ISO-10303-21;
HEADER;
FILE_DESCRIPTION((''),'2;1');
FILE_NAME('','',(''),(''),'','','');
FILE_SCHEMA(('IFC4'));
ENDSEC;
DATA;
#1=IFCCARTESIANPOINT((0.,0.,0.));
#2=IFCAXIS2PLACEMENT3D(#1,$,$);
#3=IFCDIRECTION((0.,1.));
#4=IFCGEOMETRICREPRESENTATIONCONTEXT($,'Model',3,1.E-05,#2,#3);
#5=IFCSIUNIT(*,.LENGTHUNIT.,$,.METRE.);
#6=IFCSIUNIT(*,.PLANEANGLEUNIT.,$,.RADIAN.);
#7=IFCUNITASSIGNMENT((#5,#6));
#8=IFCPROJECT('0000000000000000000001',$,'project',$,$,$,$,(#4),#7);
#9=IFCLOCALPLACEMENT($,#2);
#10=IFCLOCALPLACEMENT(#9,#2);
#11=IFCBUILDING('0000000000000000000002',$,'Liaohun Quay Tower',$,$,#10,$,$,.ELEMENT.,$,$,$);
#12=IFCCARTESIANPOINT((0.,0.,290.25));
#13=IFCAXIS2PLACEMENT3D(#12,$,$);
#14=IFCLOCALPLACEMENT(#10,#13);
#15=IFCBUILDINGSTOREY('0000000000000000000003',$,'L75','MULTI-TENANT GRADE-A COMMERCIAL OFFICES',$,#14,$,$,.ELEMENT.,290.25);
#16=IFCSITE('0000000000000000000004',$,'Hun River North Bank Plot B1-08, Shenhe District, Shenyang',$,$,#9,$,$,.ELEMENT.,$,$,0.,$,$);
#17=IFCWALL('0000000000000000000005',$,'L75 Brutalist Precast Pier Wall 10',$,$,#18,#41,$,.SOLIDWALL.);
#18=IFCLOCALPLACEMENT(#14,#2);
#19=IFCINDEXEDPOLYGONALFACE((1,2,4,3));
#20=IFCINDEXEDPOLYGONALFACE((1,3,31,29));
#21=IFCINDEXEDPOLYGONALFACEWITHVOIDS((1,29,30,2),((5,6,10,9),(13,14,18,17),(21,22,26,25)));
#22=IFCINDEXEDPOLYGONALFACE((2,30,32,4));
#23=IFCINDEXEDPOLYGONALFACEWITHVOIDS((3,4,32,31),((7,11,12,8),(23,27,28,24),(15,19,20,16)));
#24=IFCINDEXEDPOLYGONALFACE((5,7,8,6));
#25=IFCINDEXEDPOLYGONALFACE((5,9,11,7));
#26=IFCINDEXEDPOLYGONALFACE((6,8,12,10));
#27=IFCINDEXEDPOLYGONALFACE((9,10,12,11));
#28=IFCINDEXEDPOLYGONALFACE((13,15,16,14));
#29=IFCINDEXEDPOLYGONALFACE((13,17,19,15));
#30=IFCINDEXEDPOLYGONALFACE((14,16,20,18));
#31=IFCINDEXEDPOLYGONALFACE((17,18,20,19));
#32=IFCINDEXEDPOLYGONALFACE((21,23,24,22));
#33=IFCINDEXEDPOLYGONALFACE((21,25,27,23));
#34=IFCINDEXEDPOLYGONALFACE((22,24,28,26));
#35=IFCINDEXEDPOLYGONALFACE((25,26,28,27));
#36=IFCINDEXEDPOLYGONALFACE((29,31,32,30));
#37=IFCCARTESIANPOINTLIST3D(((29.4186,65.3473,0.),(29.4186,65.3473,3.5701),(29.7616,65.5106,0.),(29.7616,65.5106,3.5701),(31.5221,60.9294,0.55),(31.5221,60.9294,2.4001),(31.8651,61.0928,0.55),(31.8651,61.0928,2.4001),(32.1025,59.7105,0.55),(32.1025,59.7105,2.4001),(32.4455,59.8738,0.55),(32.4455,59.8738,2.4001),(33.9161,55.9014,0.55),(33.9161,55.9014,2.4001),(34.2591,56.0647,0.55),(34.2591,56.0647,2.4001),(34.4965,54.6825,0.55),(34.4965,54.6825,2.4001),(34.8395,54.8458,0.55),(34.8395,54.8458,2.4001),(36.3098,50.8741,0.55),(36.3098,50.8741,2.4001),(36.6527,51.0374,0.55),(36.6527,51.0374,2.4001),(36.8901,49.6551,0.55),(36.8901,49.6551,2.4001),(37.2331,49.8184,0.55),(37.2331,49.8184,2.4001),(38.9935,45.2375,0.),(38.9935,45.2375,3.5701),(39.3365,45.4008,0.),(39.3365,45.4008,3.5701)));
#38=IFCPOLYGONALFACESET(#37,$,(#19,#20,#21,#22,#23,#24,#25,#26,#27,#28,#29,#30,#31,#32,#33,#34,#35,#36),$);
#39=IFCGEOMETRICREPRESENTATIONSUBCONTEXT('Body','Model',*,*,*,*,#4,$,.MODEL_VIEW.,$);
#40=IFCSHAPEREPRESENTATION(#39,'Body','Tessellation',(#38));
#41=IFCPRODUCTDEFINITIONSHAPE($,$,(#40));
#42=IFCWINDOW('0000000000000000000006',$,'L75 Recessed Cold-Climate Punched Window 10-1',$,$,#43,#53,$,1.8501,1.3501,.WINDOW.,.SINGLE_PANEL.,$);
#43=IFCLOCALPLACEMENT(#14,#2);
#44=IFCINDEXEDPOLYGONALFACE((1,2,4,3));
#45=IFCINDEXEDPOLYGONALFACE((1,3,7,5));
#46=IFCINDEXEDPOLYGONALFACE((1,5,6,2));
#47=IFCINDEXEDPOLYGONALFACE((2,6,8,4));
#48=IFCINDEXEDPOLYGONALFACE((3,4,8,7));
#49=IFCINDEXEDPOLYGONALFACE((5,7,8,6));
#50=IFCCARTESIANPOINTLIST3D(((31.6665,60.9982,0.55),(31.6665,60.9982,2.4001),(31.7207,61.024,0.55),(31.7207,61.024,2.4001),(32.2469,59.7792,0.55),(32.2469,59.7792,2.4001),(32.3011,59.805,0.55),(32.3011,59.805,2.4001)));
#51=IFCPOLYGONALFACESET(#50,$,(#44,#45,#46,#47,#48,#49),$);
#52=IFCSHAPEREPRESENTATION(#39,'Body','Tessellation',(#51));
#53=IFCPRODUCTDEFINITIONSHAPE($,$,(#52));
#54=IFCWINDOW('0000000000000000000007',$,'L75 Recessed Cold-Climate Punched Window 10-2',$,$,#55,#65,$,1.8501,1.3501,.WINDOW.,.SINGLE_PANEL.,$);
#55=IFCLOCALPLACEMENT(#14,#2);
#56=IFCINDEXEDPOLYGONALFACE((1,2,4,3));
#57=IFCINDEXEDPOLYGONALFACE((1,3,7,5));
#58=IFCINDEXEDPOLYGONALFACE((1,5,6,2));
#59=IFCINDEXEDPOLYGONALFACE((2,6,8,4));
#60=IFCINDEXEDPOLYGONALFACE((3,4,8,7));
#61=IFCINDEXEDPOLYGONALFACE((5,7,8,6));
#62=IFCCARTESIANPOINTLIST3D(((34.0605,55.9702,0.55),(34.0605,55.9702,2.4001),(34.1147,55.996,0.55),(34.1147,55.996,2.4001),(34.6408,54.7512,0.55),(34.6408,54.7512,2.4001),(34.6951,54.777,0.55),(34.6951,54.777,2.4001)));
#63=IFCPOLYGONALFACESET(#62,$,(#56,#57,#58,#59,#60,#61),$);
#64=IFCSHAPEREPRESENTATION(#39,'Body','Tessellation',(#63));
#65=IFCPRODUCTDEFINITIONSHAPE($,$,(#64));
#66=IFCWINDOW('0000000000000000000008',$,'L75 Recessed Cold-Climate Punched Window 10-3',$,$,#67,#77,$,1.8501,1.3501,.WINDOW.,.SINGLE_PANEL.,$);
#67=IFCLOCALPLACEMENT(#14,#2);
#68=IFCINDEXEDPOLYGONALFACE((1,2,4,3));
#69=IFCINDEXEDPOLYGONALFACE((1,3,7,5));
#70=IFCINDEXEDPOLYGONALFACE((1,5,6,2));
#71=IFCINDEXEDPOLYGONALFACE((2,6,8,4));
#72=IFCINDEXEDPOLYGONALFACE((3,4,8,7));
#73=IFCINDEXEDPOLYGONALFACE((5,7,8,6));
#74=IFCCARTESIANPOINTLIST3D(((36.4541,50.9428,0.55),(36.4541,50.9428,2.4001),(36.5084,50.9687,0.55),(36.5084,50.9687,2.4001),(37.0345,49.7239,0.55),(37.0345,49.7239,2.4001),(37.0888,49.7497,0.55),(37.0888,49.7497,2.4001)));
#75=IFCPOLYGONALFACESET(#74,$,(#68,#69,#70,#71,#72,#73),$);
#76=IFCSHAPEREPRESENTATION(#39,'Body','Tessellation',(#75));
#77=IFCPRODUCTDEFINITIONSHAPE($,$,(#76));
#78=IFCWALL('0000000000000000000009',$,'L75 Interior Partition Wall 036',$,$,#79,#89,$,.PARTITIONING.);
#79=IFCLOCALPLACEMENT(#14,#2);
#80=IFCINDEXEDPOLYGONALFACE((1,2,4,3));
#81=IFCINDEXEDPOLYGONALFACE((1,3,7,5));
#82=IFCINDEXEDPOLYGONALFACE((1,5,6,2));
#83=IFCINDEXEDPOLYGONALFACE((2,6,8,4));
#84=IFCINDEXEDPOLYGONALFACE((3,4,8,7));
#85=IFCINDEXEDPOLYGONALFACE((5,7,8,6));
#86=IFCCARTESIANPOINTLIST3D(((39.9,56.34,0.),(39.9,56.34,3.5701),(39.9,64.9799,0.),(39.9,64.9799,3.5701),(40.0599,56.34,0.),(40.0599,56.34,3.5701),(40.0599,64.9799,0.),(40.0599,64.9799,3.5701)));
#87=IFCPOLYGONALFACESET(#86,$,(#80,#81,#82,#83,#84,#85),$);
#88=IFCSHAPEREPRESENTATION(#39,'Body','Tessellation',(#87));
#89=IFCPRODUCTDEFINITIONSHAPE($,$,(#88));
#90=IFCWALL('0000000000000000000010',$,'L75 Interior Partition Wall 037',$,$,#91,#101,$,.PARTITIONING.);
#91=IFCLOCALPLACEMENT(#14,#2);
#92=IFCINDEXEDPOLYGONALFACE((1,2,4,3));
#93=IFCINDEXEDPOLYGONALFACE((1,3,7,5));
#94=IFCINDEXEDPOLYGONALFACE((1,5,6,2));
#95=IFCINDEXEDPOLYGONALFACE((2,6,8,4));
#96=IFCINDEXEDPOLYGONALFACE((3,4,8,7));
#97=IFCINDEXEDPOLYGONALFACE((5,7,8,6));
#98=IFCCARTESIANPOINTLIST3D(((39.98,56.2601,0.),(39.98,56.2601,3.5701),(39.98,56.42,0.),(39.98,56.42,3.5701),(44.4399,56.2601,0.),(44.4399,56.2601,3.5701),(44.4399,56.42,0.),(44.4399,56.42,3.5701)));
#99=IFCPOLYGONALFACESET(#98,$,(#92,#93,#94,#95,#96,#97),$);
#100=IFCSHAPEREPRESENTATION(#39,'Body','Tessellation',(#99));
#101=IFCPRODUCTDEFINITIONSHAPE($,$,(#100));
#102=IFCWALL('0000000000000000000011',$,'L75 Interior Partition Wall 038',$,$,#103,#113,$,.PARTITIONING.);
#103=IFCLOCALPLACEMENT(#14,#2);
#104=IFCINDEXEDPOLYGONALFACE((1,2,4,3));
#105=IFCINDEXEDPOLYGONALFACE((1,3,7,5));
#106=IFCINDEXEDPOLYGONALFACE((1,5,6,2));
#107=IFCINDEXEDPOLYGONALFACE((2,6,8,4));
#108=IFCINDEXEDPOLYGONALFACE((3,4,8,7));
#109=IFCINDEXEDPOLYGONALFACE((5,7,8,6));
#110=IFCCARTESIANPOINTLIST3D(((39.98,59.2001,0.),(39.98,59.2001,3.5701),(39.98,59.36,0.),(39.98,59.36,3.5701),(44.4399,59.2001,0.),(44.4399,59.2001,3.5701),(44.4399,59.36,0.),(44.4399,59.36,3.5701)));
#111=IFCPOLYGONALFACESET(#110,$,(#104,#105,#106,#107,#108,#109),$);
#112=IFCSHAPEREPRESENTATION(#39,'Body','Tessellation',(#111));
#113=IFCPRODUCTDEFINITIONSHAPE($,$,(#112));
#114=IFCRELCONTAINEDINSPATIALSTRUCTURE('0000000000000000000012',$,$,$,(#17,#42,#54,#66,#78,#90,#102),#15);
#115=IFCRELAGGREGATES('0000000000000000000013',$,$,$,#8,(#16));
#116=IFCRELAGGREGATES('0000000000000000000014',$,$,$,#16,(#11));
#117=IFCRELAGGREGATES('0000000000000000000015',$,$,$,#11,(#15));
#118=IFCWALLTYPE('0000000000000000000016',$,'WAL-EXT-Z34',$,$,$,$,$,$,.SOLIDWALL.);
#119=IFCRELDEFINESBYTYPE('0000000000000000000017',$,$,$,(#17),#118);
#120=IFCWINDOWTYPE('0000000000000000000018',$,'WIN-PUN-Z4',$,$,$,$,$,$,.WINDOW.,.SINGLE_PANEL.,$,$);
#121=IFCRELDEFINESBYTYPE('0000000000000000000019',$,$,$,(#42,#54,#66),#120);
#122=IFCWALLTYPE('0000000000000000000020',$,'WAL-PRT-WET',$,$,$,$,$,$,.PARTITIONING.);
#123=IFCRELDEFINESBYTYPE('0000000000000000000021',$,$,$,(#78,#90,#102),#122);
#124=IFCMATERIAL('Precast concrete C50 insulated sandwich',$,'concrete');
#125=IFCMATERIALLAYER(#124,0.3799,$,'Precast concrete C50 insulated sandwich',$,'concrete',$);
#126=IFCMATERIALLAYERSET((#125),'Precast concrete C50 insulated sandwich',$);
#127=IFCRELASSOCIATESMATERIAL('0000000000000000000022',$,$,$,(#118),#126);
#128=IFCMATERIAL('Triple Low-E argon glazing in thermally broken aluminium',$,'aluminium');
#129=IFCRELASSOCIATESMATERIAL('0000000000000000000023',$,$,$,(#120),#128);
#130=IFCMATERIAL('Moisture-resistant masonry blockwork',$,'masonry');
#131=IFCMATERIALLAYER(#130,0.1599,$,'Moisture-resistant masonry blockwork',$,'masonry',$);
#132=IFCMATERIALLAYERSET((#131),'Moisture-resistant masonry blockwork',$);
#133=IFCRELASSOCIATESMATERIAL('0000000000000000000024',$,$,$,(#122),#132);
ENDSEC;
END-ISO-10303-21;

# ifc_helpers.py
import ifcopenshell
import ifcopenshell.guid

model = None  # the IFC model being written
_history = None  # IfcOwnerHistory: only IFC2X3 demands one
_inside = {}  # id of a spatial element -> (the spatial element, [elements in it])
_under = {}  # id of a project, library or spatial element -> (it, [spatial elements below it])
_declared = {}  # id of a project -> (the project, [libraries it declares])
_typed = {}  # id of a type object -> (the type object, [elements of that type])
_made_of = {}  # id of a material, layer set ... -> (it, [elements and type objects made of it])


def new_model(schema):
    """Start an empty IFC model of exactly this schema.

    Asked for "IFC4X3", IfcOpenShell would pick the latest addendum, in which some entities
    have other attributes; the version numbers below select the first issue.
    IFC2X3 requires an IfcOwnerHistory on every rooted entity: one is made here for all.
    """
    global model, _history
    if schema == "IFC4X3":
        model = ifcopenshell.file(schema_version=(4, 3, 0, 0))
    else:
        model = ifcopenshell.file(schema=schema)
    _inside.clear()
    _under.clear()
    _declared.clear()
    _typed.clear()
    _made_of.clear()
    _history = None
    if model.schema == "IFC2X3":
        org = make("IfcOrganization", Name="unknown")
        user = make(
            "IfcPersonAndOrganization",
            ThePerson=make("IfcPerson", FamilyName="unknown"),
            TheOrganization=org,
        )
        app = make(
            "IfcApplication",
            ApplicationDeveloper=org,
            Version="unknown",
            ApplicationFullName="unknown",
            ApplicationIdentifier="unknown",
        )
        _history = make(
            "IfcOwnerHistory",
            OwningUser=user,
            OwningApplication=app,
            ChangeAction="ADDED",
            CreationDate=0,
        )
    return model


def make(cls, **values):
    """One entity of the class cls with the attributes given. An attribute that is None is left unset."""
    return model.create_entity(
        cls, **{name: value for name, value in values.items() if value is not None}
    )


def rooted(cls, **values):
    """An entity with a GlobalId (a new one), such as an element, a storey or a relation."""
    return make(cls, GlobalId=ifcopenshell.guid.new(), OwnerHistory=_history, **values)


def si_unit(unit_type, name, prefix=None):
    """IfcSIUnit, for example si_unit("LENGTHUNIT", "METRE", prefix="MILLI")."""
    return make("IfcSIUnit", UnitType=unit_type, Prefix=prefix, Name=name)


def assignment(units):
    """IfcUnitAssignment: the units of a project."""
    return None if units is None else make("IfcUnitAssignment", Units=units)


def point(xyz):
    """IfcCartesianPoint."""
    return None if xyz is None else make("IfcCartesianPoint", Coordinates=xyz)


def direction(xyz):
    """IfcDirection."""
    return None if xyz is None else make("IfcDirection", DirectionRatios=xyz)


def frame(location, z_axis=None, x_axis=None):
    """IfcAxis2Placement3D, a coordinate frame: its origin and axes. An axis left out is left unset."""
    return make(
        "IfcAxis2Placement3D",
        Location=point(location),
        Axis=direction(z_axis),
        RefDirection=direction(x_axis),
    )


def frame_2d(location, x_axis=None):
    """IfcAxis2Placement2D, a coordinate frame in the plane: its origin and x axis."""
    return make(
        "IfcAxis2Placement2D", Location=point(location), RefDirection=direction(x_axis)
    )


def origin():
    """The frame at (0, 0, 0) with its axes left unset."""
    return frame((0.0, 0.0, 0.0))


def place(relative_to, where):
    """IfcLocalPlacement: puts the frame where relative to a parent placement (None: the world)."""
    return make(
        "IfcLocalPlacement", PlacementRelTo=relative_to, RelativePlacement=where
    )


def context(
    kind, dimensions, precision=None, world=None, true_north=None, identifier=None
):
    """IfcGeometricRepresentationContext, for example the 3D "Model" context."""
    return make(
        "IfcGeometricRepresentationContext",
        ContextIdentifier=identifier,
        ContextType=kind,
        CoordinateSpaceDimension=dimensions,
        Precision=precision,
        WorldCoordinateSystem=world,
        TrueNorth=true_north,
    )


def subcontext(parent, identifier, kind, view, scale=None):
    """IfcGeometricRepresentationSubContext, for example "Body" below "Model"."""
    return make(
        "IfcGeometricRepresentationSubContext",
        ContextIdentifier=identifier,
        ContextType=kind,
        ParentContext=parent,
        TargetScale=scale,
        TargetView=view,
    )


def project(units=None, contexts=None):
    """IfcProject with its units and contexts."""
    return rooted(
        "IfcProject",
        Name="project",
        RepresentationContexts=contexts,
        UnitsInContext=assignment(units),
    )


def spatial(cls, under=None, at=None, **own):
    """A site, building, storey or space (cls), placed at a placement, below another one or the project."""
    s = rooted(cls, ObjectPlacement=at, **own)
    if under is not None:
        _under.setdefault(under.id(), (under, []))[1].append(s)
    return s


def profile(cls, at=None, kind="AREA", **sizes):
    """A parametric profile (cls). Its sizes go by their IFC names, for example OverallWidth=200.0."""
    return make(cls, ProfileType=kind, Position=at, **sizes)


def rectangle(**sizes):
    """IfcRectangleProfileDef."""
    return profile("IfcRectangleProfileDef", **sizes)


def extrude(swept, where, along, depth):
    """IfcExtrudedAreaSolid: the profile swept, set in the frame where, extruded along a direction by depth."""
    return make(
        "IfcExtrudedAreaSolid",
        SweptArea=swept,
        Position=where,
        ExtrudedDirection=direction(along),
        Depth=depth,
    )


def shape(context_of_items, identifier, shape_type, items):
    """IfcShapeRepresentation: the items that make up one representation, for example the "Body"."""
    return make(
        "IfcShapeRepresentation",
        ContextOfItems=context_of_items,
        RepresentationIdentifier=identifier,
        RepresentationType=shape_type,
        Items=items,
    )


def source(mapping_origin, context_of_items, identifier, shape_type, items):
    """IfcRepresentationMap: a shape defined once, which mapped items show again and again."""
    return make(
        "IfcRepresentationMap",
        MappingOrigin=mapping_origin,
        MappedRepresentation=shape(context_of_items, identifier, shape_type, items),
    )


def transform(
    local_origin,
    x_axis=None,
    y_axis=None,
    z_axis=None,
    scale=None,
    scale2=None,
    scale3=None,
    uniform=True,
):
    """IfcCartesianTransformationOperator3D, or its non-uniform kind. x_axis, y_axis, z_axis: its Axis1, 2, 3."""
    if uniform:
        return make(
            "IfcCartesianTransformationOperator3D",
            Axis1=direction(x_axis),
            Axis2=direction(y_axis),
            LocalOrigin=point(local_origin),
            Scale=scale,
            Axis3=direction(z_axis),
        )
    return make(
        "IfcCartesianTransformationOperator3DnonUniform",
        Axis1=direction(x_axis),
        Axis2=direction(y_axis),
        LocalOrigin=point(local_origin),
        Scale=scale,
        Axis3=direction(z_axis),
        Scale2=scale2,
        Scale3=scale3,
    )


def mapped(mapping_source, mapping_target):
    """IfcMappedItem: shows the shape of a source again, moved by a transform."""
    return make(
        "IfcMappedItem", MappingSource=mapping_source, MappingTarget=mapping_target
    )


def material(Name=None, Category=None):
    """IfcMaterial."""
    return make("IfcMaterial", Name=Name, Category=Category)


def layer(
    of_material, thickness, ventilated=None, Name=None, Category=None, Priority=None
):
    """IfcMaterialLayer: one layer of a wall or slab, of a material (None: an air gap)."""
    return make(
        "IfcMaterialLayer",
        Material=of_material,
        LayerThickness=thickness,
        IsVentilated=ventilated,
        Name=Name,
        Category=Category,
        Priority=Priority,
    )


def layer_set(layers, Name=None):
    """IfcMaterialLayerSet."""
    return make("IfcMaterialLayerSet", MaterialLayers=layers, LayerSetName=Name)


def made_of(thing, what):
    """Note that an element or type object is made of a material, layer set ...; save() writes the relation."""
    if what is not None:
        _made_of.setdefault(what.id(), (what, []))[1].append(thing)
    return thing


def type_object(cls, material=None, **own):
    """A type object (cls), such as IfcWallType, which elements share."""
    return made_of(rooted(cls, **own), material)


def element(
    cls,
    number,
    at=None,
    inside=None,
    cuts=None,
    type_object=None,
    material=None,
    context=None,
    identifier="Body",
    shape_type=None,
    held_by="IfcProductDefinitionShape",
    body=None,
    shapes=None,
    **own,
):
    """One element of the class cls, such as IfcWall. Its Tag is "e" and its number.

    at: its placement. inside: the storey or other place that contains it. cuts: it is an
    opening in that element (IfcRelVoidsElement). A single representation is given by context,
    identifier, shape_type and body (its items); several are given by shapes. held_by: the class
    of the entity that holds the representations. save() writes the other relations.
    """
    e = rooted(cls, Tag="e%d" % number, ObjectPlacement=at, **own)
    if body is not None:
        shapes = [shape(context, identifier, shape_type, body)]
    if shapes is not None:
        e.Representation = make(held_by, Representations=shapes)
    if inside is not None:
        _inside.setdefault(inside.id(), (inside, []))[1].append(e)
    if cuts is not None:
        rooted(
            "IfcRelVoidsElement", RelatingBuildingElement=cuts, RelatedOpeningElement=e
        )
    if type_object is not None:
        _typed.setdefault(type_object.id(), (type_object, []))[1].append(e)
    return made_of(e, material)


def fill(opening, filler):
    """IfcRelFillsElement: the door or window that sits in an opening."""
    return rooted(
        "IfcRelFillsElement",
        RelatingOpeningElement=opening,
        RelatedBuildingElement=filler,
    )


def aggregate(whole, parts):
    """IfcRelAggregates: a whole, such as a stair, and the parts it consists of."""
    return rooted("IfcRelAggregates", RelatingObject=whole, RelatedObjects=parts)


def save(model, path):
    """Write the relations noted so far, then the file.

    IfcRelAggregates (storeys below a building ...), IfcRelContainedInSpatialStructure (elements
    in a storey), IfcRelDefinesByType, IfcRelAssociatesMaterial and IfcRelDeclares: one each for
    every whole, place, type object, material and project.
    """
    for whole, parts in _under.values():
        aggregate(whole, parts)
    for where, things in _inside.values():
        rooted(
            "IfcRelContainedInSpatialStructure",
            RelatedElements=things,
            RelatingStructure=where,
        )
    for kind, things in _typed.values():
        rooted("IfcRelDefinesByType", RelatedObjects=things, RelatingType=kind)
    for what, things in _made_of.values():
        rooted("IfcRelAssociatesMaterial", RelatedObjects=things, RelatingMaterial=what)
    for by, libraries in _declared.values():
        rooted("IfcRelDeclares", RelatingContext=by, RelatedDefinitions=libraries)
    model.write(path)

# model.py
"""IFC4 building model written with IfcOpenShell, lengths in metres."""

from ifc_helpers import new_model, si_unit, direction, frame, frame_2d, origin, place, context, subcontext, project, spatial, rectangle, extrude, source, transform, mapped, material, layer, layer_set, type_object, element, fill, save


model = new_model("IFC4")

# Units and contexts
model_context = context("Model", 3, precision=1e-05, world=origin(), true_north=direction((0.0, 1.0)))
body_context = subcontext(model_context, "Body", "Model", "MODEL_VIEW")
ifc_project = project(units=[si_unit("LENGTHUNIT", "METRE"), si_unit("PLANEANGLEUNIT", "RADIAN")], contexts=[model_context])

# Site, building, storey
site_placement = place(None, origin())
site = spatial("IfcSite", under=ifc_project, at=site_placement, Name="Hun River North Bank Plot B1-08, Shenhe District, Shenyang", CompositionType="ELEMENT", RefElevation=0.0)
building_placement = place(site_placement, origin())
building = spatial("IfcBuilding", under=site, at=building_placement, Name="Liaohun Quay Tower", CompositionType="ELEMENT")
storey_placement = place(building_placement, frame((0.0, 0.0, 290.25)))
storey = spatial("IfcBuildingStorey", under=building, at=storey_placement, Name="L75", Description="MULTI-TENANT GRADE-A COMMERCIAL OFFICES", CompositionType="ELEMENT", Elevation=290.25)

# Shared definitions
ifc_material_1 = material(Name="Precast concrete C50 insulated sandwich", Category="concrete")
ifc_layer_1 = layer(ifc_material_1, 0.3799, Name="Precast concrete C50 insulated sandwich", Category="concrete")
ifc_layer_set_1 = layer_set([ifc_layer_1], Name="Precast concrete C50 insulated sandwich")
wall_type_1 = type_object("IfcWallType", Name="WAL-EXT-Z34", PredefinedType="SOLIDWALL", material=ifc_layer_set_1)

# Wall, openings, windows
wall_1_placement = place(storey_placement, frame((29.5901, 65.429, 0.0), z_axis=(0.0, 0.0, 1.0), x_axis=(0.429891, -0.902881, 0.0)))
wall_1 = element("IfcWall", 1, at=wall_1_placement, inside=storey, type_object=wall_type_1, Name="L75 Brutalist Precast Pier Wall 10", PredefinedType="SOLIDWALL", context=body_context, shape_type="SweptSolid", body=[
    extrude(rectangle(XDim=22.2729, YDim=0.3799, at=frame_2d((11.1365, 0.0))), origin(), (0.0, 0.0, 1.0), 3.5701),
])
shared_shape_1 = source(origin(), body_context, "Body", "SweptSolid", [
    extrude(rectangle(XDim=1.3501, YDim=1.8501, at=frame_2d((0.675, 0.925))), frame((0.0, 0.2, 0.0), z_axis=(0.0, -1.0, 0.0), x_axis=(1.0, 0.0, 0.0)), (0.0, 0.0, 1.0), 0.3999),
])
opening_1_placement = place(wall_1_placement, frame((4.8931, 0.0, 0.55)))
opening_1 = element("IfcOpeningElement", 2, at=opening_1_placement, cuts=wall_1, PredefinedType="OPENING", context=body_context, shape_type="MappedRepresentation", body=[
    mapped(shared_shape_1, transform((0.0, 0.0, 0.0), x_axis=(1.0, 0.0, 0.0), y_axis=(0.0, 1.0, 0.0), z_axis=(0.0, 0.0, 1.0), scale=1.0)),
])
opening_2_placement = place(wall_1_placement, frame((10.4619, 0.0, 0.55)))
opening_2 = element("IfcOpeningElement", 3, at=opening_2_placement, cuts=wall_1, PredefinedType="OPENING", context=body_context, shape_type="MappedRepresentation", body=[
    mapped(shared_shape_1, transform((0.0, 0.0, 0.0), x_axis=(1.0, 0.0, 0.0), y_axis=(0.0, 1.0, 0.0), z_axis=(0.0, 0.0, 1.0), scale=1.0)),
])
opening_3_placement = place(wall_1_placement, frame((16.03, 0.0, 0.55)))
opening_3 = element("IfcOpeningElement", 4, at=opening_3_placement, cuts=wall_1, PredefinedType="OPENING", context=body_context, shape_type="MappedRepresentation", body=[
    mapped(shared_shape_1, transform((0.0, 0.0, 0.0), x_axis=(1.0, 0.0, 0.0), y_axis=(0.0, 1.0, 0.0), z_axis=(0.0, 0.0, 1.0), scale=1.0)),
])
ifc_material_2 = material(Name="Triple Low-E argon glazing in thermally broken aluminium", Category="aluminium")
window_type_1 = type_object("IfcWindowType", Name="WIN-PUN-Z4", PartitioningType="SINGLE_PANEL", PredefinedType="WINDOW", material=ifc_material_2)
shared_shape_2 = source(origin(), body_context, "Body", "SweptSolid", [
    extrude(rectangle(XDim=1.3501, YDim=1.8501, at=frame_2d((0.675, 0.925))), frame((0.0, 0.03, 0.0), z_axis=(0.0, -1.0, 0.0), x_axis=(1.0, 0.0, 0.0)), (0.0, 0.0, 1.0), 0.0601),
])
window_1_placement = place(opening_1_placement, origin())
window_1 = element("IfcWindow", 5, at=window_1_placement, inside=storey, type_object=window_type_1, Name="L75 Recessed Cold-Climate Punched Window 10-1", OverallHeight=1.8501, OverallWidth=1.3501, PartitioningType="SINGLE_PANEL", PredefinedType="WINDOW", context=body_context, shape_type="MappedRepresentation", body=[
    mapped(shared_shape_2, transform((0.0, 0.0, 0.0), x_axis=(1.0, 0.0, 0.0), y_axis=(0.0, 1.0, 0.0), z_axis=(0.0, 0.0, 1.0), scale=1.0)),
])
fill(opening_1, window_1)
window_2_placement = place(opening_2_placement, origin())
window_2 = element("IfcWindow", 6, at=window_2_placement, inside=storey, type_object=window_type_1, Name="L75 Recessed Cold-Climate Punched Window 10-2", OverallHeight=1.8501, OverallWidth=1.3501, PartitioningType="SINGLE_PANEL", PredefinedType="WINDOW", context=body_context, shape_type="MappedRepresentation", body=[
    mapped(shared_shape_2, transform((0.0, 0.0, 0.0), x_axis=(1.0, 0.0, 0.0), y_axis=(0.0, 1.0, 0.0), z_axis=(0.0, 0.0, 1.0), scale=1.0)),
])
fill(opening_2, window_2)
window_3_placement = place(opening_3_placement, origin())
window_3 = element("IfcWindow", 7, at=window_3_placement, inside=storey, type_object=window_type_1, Name="L75 Recessed Cold-Climate Punched Window 10-3", OverallHeight=1.8501, OverallWidth=1.3501, PartitioningType="SINGLE_PANEL", PredefinedType="WINDOW", context=body_context, shape_type="MappedRepresentation", body=[
    mapped(shared_shape_2, transform((0.0, 0.0, 0.0), x_axis=(1.0, 0.0, 0.0), y_axis=(0.0, 1.0, 0.0), z_axis=(0.0, 0.0, 1.0), scale=1.0)),
])
fill(opening_3, window_3)

# Walls
ifc_material_3 = material(Name="Moisture-resistant masonry blockwork", Category="masonry")
ifc_layer_2 = layer(ifc_material_3, 0.1599, Name="Moisture-resistant masonry blockwork", Category="masonry")
ifc_layer_set_2 = layer_set([ifc_layer_2], Name="Moisture-resistant masonry blockwork")
wall_type_2 = type_object("IfcWallType", Name="WAL-PRT-WET", PredefinedType="PARTITIONING", material=ifc_layer_set_2)
wall_2_placement = place(storey_placement, frame((39.98, 56.3401, 0.0), z_axis=(0.0, 0.0, 1.0), x_axis=(0.0, 1.0, 0.0)))
element("IfcWall", 8, at=wall_2_placement, inside=storey, type_object=wall_type_2, Name="L75 Interior Partition Wall 036", PredefinedType="PARTITIONING", context=body_context, shape_type="SweptSolid", body=[
    extrude(rectangle(XDim=8.6399, YDim=0.1599, at=frame_2d((4.3198, 0.0))), origin(), (0.0, 0.0, 1.0), 3.5701),
])
for number, where, z_axis, x_axis, name in (
    (9, (39.98, 56.3401, 0.0), (0.0, 0.0, 1.0), (1.0, 0.0, 0.0), "L75 Interior Partition Wall 037"),
    (10, (39.98, 59.28, 0.0), (0.0, 0.0, 1.0), (1.0, 0.0, 0.0), "L75 Interior Partition Wall 038"),
):
    element("IfcWall", number, at=place(storey_placement, frame(where, z_axis=z_axis, x_axis=x_axis)), inside=storey, type_object=wall_type_2, Name=name, PredefinedType="PARTITIONING", context=body_context, shape_type="SweptSolid", body=[
        extrude(rectangle(XDim=4.46, YDim=0.1599, at=frame_2d((2.23, 0.0))), origin(), (0.0, 0.0, 1.0), 3.5701),
    ])

save(model, "model.ifc")
